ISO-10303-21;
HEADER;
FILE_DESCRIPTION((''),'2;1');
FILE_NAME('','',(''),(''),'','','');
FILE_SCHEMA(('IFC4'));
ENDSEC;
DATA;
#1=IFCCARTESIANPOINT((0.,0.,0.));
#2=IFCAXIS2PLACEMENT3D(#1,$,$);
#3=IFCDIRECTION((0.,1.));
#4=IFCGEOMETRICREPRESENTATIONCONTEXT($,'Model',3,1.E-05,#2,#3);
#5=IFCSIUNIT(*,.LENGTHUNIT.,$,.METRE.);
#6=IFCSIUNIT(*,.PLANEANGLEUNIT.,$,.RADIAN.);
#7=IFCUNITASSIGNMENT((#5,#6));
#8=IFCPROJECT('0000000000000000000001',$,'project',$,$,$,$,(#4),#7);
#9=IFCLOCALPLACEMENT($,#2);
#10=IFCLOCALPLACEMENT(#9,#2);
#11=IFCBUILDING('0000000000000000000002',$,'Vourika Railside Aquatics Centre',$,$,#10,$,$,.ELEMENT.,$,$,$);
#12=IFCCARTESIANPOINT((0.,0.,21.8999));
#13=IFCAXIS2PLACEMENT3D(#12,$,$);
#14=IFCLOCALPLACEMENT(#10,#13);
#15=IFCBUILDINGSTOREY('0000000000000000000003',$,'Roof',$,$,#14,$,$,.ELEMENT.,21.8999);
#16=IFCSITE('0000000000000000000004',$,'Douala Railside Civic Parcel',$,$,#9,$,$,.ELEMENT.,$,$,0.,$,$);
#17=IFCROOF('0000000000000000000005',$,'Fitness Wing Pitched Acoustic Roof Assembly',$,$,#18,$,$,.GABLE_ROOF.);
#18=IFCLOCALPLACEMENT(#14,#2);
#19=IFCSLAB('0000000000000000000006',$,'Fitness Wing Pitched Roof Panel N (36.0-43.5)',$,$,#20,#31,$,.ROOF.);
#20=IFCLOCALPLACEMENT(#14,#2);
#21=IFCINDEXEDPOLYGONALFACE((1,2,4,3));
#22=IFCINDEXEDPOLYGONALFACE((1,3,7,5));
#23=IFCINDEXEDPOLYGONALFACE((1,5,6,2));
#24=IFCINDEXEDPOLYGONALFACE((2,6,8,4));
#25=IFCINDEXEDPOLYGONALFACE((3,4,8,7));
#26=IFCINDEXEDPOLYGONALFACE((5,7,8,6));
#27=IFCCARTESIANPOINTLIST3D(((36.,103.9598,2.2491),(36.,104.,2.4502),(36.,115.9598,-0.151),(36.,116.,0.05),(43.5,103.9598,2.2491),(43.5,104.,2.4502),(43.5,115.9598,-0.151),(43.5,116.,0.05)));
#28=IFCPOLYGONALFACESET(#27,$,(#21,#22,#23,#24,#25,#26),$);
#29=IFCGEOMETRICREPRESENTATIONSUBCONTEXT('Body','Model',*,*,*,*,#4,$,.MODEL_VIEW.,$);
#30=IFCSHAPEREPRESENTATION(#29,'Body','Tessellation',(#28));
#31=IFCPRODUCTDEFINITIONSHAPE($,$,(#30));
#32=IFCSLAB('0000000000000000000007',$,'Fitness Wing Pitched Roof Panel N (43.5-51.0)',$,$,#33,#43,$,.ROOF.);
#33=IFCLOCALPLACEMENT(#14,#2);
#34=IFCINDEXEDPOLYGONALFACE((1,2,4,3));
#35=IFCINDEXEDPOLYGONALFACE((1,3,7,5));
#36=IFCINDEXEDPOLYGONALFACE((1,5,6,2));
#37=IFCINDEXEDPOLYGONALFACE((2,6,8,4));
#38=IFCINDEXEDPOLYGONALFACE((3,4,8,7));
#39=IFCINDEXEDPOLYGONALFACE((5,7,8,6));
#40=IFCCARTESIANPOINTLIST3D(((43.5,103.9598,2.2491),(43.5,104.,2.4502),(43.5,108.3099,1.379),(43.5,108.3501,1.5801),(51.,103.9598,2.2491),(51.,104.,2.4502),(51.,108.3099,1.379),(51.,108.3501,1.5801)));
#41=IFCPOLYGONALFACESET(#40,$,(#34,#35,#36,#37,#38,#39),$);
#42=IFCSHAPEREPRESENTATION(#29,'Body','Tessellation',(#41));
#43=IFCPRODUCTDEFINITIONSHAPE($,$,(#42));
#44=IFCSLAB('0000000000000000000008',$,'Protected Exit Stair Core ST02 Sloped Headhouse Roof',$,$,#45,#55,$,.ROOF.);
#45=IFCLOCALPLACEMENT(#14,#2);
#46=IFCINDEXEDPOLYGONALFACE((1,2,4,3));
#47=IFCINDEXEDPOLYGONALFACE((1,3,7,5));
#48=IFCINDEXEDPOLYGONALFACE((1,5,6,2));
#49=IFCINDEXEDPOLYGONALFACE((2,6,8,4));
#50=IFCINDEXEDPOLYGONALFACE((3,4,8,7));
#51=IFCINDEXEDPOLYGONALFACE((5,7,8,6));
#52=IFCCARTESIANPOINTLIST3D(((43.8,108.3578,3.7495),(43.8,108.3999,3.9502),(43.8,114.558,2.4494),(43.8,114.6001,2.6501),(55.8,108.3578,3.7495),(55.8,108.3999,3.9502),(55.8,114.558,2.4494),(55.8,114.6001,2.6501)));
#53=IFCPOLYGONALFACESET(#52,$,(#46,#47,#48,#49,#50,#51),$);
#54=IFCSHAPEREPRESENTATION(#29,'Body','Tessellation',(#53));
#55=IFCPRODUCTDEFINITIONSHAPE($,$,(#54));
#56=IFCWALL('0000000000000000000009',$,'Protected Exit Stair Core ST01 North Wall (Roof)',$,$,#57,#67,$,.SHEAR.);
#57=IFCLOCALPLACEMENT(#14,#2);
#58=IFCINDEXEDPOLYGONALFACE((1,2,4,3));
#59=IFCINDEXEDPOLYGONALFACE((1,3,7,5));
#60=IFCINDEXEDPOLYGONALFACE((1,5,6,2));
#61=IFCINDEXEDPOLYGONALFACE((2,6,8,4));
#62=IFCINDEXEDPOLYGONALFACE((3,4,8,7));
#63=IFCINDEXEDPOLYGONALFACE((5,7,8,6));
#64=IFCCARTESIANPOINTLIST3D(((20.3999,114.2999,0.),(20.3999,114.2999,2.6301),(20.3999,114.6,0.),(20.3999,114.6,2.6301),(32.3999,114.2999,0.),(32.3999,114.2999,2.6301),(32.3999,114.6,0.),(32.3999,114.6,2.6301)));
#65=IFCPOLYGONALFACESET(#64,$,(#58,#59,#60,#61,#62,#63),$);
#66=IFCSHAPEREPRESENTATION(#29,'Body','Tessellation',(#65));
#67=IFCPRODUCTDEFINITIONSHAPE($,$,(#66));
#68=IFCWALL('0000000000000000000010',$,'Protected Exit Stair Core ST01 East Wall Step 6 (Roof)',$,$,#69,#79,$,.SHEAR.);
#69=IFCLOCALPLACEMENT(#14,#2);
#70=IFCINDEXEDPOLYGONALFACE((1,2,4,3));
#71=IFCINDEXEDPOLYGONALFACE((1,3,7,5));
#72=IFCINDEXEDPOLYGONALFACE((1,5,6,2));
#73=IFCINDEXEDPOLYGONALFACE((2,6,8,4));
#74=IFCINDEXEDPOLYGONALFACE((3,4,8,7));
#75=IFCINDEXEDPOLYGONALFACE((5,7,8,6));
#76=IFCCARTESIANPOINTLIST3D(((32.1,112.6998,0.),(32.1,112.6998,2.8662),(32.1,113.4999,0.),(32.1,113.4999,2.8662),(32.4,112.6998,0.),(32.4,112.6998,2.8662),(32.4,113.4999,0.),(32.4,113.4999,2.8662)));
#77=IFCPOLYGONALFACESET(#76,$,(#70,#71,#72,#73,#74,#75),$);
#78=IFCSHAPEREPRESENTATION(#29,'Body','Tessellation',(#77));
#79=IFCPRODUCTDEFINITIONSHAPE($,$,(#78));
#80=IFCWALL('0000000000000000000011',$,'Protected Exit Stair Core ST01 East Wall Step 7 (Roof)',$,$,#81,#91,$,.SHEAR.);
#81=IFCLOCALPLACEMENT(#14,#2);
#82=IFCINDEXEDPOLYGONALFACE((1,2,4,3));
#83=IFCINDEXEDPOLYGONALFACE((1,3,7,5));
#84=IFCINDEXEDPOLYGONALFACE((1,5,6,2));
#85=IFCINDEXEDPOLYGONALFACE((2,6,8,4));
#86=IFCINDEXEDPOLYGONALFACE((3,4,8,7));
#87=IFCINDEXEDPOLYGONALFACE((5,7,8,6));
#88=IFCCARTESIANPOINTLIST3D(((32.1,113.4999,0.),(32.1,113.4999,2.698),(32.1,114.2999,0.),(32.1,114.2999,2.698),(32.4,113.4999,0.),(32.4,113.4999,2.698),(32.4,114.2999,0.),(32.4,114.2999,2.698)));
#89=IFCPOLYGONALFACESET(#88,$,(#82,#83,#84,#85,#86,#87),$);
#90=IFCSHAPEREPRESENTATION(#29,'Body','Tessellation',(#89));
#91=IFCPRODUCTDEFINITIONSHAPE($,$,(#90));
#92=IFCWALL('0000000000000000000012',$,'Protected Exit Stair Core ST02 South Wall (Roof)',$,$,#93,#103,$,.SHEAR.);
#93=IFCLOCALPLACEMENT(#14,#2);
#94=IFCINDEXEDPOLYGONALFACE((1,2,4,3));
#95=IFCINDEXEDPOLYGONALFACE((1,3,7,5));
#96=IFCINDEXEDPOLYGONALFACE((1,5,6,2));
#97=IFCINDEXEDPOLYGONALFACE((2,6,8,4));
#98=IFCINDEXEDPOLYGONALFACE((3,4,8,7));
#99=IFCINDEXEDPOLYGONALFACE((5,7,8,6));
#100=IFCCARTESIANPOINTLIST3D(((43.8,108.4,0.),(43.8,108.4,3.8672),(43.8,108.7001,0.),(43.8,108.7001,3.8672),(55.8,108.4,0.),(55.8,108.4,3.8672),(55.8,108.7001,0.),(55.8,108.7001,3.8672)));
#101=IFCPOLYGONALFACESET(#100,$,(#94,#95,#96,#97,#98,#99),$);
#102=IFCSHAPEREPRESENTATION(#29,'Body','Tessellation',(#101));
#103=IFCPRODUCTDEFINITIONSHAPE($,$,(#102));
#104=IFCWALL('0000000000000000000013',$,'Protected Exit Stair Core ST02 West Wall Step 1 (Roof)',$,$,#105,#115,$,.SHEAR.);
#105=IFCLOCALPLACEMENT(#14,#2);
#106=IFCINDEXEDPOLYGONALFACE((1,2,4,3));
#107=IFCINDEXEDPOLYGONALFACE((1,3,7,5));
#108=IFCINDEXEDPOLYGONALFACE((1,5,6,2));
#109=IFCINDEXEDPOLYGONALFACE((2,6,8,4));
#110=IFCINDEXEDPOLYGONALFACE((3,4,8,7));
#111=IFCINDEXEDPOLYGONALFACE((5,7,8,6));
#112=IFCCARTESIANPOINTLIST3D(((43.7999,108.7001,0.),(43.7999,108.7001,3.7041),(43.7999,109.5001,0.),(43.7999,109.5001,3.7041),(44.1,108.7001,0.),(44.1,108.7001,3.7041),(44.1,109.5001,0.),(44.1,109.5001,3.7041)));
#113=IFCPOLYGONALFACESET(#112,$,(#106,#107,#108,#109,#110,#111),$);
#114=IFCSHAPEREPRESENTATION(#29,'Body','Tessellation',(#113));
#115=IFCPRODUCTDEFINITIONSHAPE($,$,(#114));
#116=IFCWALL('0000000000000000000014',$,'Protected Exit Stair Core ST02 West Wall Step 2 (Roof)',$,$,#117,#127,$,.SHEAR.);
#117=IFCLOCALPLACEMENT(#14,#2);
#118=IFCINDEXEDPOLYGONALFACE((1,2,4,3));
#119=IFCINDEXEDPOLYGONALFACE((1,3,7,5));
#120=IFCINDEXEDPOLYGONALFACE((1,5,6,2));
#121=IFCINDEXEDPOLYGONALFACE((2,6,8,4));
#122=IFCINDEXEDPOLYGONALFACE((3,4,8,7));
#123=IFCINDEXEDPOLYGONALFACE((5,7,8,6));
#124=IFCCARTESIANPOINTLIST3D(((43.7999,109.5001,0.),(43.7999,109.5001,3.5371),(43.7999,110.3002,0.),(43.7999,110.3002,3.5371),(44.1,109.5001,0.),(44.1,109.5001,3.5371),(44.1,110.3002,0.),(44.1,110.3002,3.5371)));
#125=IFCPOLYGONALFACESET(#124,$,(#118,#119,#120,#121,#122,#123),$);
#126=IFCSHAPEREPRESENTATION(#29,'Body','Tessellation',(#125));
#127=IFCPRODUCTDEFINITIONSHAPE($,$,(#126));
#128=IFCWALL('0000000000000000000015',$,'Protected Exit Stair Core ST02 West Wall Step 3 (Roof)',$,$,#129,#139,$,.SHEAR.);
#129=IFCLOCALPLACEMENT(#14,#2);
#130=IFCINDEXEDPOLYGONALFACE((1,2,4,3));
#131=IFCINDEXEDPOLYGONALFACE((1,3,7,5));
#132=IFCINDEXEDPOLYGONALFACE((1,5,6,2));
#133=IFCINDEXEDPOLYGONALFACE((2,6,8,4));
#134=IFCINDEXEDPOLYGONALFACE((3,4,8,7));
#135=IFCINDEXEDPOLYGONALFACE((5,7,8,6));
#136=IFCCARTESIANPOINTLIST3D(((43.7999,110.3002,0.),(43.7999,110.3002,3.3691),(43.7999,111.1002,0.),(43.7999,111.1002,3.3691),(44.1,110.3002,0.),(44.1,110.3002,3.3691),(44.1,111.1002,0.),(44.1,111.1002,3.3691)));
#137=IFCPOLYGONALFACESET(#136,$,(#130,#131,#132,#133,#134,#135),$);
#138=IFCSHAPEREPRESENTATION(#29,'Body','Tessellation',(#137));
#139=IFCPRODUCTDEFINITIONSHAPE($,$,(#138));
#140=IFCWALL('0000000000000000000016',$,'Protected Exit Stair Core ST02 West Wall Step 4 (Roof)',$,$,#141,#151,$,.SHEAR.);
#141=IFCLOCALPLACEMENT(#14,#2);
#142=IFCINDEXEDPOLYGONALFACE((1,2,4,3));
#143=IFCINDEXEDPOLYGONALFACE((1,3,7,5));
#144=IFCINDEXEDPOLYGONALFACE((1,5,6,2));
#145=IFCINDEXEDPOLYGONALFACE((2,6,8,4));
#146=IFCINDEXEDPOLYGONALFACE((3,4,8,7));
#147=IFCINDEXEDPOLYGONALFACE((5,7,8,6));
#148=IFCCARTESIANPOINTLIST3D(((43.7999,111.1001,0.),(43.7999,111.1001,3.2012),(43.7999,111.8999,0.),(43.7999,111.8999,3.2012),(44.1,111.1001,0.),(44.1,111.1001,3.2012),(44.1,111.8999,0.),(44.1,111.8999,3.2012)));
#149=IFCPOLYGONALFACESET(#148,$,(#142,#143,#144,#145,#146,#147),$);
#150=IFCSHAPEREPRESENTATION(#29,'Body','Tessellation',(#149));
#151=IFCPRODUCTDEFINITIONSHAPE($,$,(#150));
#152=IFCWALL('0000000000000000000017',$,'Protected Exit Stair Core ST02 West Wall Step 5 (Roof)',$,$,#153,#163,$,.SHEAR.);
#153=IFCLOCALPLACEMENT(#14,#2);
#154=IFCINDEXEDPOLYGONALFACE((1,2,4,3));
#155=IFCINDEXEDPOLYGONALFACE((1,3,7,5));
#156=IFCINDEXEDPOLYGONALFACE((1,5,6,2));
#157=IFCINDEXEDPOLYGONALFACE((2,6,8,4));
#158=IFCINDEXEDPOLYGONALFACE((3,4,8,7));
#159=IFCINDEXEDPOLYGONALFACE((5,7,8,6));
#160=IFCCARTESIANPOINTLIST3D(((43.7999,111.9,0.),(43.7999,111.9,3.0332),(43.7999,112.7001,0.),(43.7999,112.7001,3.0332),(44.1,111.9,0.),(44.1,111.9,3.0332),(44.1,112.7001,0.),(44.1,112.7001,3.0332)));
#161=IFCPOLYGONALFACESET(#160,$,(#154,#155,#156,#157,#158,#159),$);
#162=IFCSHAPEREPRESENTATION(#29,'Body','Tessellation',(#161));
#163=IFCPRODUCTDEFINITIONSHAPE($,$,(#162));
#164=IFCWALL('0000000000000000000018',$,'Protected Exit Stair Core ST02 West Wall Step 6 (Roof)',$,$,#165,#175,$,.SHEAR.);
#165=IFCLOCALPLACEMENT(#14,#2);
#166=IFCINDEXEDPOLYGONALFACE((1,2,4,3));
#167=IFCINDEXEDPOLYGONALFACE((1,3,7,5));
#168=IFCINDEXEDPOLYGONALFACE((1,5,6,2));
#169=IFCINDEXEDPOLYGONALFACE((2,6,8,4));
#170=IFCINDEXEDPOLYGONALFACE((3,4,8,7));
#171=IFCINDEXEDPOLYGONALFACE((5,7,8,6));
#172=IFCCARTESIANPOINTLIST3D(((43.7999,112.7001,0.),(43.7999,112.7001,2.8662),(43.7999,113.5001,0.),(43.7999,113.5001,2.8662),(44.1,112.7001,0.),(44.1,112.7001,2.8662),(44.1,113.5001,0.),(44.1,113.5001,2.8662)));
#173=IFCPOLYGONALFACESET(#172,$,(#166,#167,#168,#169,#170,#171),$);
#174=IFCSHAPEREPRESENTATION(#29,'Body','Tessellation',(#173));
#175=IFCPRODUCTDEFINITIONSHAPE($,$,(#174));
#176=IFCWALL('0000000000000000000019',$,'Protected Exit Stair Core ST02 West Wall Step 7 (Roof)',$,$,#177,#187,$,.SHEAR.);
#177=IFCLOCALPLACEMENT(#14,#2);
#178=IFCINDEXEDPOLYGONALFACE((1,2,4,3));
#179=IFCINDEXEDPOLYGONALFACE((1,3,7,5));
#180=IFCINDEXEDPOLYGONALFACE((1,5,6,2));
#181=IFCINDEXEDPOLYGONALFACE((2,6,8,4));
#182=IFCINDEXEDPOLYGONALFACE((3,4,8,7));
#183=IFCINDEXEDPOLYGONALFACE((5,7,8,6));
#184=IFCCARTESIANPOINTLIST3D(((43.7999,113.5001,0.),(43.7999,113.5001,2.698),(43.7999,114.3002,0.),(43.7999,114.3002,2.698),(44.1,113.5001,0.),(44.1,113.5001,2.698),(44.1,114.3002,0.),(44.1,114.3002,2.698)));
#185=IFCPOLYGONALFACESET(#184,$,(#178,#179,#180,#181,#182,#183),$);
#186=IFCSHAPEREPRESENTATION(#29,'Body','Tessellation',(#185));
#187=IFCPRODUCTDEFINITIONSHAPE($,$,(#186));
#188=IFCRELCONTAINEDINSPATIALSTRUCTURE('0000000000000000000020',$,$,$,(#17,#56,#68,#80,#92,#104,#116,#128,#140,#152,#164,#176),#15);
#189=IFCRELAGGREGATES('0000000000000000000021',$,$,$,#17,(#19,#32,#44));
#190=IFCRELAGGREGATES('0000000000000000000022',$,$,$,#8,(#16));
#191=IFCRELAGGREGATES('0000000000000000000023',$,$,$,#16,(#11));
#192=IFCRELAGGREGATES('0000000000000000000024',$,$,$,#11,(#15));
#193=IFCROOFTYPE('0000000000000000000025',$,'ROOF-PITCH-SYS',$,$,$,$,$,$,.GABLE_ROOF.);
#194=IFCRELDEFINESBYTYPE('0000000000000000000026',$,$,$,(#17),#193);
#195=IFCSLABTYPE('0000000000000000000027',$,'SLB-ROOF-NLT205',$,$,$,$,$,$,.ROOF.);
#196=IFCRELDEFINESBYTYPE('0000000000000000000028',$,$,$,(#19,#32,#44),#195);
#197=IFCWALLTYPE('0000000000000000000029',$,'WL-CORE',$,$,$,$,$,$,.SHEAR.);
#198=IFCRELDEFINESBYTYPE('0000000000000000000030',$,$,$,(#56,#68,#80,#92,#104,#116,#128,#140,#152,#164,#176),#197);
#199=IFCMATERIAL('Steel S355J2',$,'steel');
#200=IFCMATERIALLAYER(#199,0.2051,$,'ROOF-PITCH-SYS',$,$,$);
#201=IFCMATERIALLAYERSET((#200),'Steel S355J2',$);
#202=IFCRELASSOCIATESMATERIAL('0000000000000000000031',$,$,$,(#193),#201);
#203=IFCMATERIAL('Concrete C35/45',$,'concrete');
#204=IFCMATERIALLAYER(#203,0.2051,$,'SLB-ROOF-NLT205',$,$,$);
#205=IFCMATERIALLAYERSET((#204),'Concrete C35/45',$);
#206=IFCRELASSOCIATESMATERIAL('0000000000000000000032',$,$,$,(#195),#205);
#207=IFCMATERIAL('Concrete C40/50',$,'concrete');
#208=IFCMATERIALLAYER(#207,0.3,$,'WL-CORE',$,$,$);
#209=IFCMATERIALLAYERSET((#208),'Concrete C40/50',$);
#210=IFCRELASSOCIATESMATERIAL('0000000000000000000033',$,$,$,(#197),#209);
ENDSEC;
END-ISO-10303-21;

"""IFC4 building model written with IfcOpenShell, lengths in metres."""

from ifc_helpers import new_model, si_unit, direction, frame, frame_2d, origin, place, context, subcontext, project, spatial, polyline, rectangle, outline, extrude, material, layer, layer_set, type_object, element, aggregate, save


model = new_model("IFC4")

# Units and contexts
model_context = context("Model", 3, precision=1e-05, world=origin(), true_north=direction((0.0, 1.0)))
body_context = subcontext(model_context, "Body", "Model", "MODEL_VIEW")
ifc_project = project(units=[si_unit("LENGTHUNIT", "METRE"), si_unit("PLANEANGLEUNIT", "RADIAN")], contexts=[model_context])

# Site, building, storey
site_placement = place(None, origin())
site = spatial("IfcSite", under=ifc_project, at=site_placement, Name="Douala Railside Civic Parcel", CompositionType="ELEMENT", RefElevation=0.0)
building_placement = place(site_placement, origin())
building = spatial("IfcBuilding", under=site, at=building_placement, Name="Vourika Railside Aquatics Centre", CompositionType="ELEMENT")
storey_placement = place(building_placement, frame((0.0, 0.0, 21.8999)))
storey = spatial("IfcBuildingStorey", under=building, at=storey_placement, Name="Roof", CompositionType="ELEMENT", Elevation=21.8999)

# Shared definitions
ifc_material_1 = material(Name="Steel S355J2", Category="steel")

# Roof, slabs
ifc_layer_1 = layer(ifc_material_1, 0.2051, Name="ROOF-PITCH-SYS")
ifc_layer_set_1 = layer_set([ifc_layer_1], Name="Steel S355J2")
roof_type = type_object("IfcRoofType", Name="ROOF-PITCH-SYS", PredefinedType="GABLE_ROOF", material=ifc_layer_set_1)
roof_placement = place(storey_placement, origin())
roof = element("IfcRoof", 1, at=roof_placement, inside=storey, type_object=roof_type, Name="Fitness Wing Pitched Acoustic Roof Assembly", PredefinedType="GABLE_ROOF")
ifc_material_2 = material(Name="Concrete C35/45", Category="concrete")
ifc_layer_2 = layer(ifc_material_2, 0.2051, Name="SLB-ROOF-NLT205")
ifc_layer_set_2 = layer_set([ifc_layer_2], Name="Concrete C35/45")
slab_type = type_object("IfcSlabType", Name="SLB-ROOF-NLT205", PredefinedType="ROOF", material=ifc_layer_set_2)
slab_1_placement = place(storey_placement, frame((36.0, 104.0, 2.4502), z_axis=(0.0, 0.196128, 0.980578), x_axis=(1.0, 0.0, 0.0)))
slab_1 = element("IfcSlab", 2, at=slab_1_placement, type_object=slab_type, Name="Fitness Wing Pitched Roof Panel N (36.0-43.5)", PredefinedType="ROOF", context=body_context, shape_type="SweptSolid", body=[
    extrude(outline(polyline([(0.0, 0.0), (7.5, 0.0), (7.5, 12.2377), (0.0, 12.2377), (0.0, 0.0)])), origin(), (0.0, 0.0, -1.0), 0.2051),
])
slab_2_placement = place(storey_placement, frame((43.5, 104.0, 2.4502), z_axis=(0.0, 0.196137, 0.980576), x_axis=(1.0, 0.0, 0.0)))
slab_2 = element("IfcSlab", 3, at=slab_2_placement, type_object=slab_type, Name="Fitness Wing Pitched Roof Panel N (43.5-51.0)", PredefinedType="ROOF", context=body_context, shape_type="SweptSolid", body=[
    extrude(outline(polyline([(0.0, 0.0), (7.5, 0.0), (7.5, 4.4363), (0.0, 4.4363), (0.0, 0.0)])), origin(), (0.0, 0.0, -1.0), 0.2051),
])
slab_3_placement = place(storey_placement, frame((43.8, 108.3999, 3.9502), z_axis=(0.0, 0.205216, 0.978717), x_axis=(1.0, 0.0, 0.0)))
slab_3 = element("IfcSlab", 4, at=slab_3_placement, type_object=slab_type, Name="Protected Exit Stair Core ST02 Sloped Headhouse Roof", PredefinedType="ROOF", context=body_context, shape_type="SweptSolid", body=[
    extrude(outline(polyline([(0.0, 0.0), (12.0, 0.0), (12.0, 6.335), (0.0, 6.335), (0.0, 0.0)])), origin(), (0.0, 0.0, -1.0), 0.2051),
])
aggregate(roof, [slab_1, slab_2, slab_3])

# Walls
ifc_material_3 = material(Name="Concrete C40/50", Category="concrete")
ifc_layer_3 = layer(ifc_material_3, 0.3, Name="WL-CORE")
ifc_layer_set_3 = layer_set([ifc_layer_3], Name="Concrete C40/50")
wall_type = type_object("IfcWallType", Name="WL-CORE", PredefinedType="SHEAR", material=ifc_layer_set_3)
wall_1_placement = place(storey_placement, frame((32.3999, 114.45, 0.0), z_axis=(0.0, 0.0, 1.0), x_axis=(-1.0, 0.0, 0.0)))
element("IfcWall", 5, at=wall_1_placement, inside=storey, type_object=wall_type, Name="Protected Exit Stair Core ST01 North Wall (Roof)", PredefinedType="SHEAR", context=body_context, shape_type="SweptSolid", body=[
    extrude(rectangle(XDim=12.0, YDim=0.3, at=frame_2d((6.0, 0.0))), origin(), (0.0, 0.0, 1.0), 2.6301),
])
wall_2_placement = place(storey_placement, frame((32.25, 112.7, 0.0), z_axis=(0.0, 0.0, 1.0), x_axis=(0.0, 1.0, 0.0)))
element("IfcWall", 6, at=wall_2_placement, inside=storey, type_object=wall_type, Name="Protected Exit Stair Core ST01 East Wall Step 6 (Roof)", PredefinedType="SHEAR", context=body_context, shape_type="SweptSolid", body=[
    extrude(rectangle(XDim=0.8, YDim=0.3, at=frame_2d((0.3999, 0.0))), origin(), (0.0, 0.0, 1.0), 2.8662),
])
wall_3_placement = place(storey_placement, frame((32.25, 113.5, 0.0), z_axis=(0.0, 0.0, 1.0), x_axis=(0.0, 1.0, 0.0)))
element("IfcWall", 7, at=wall_3_placement, inside=storey, type_object=wall_type, Name="Protected Exit Stair Core ST01 East Wall Step 7 (Roof)", PredefinedType="SHEAR", context=body_context, shape_type="SweptSolid", body=[
    extrude(rectangle(XDim=0.8, YDim=0.3, at=frame_2d((0.3999, 0.0))), origin(), (0.0, 0.0, 1.0), 2.698),
])
wall_4_placement = place(storey_placement, frame((43.8, 108.55, 0.0), z_axis=(0.0, 0.0, 1.0), x_axis=(1.0, 0.0, 0.0)))
element("IfcWall", 8, at=wall_4_placement, inside=storey, type_object=wall_type, Name="Protected Exit Stair Core ST02 South Wall (Roof)", PredefinedType="SHEAR", context=body_context, shape_type="SweptSolid", body=[
    extrude(rectangle(XDim=12.0, YDim=0.3, at=frame_2d((6.0, 0.0))), origin(), (0.0, 0.0, 1.0), 3.8672),
])
wall_5_placement = place(storey_placement, frame((43.95, 109.5, 0.0), z_axis=(0.0, 0.0, 1.0), x_axis=(0.0, -1.0, 0.0)))
element("IfcWall", 9, at=wall_5_placement, inside=storey, type_object=wall_type, Name="Protected Exit Stair Core ST02 West Wall Step 1 (Roof)", PredefinedType="SHEAR", context=body_context, shape_type="SweptSolid", body=[
    extrude(rectangle(XDim=0.8, YDim=0.3, at=frame_2d((0.3999, 0.0))), origin(), (0.0, 0.0, 1.0), 3.7041),
])
wall_6_placement = place(storey_placement, frame((43.95, 110.3, 0.0), z_axis=(0.0, 0.0, 1.0), x_axis=(0.0, -1.0, 0.0)))
element("IfcWall", 10, at=wall_6_placement, inside=storey, type_object=wall_type, Name="Protected Exit Stair Core ST02 West Wall Step 2 (Roof)", PredefinedType="SHEAR", context=body_context, shape_type="SweptSolid", body=[
    extrude(rectangle(XDim=0.8, YDim=0.3, at=frame_2d((0.3999, 0.0))), origin(), (0.0, 0.0, 1.0), 3.5371),
])
wall_7_placement = place(storey_placement, frame((43.95, 111.1001, 0.0), z_axis=(0.0, 0.0, 1.0), x_axis=(0.0, -1.0, 0.0)))
element("IfcWall", 11, at=wall_7_placement, inside=storey, type_object=wall_type, Name="Protected Exit Stair Core ST02 West Wall Step 3 (Roof)", PredefinedType="SHEAR", context=body_context, shape_type="SweptSolid", body=[
    extrude(rectangle(XDim=0.8, YDim=0.3, at=frame_2d((0.3999, 0.0))), origin(), (0.0, 0.0, 1.0), 3.3691),
])
wall_8_placement = place(storey_placement, frame((43.95, 111.8999, 0.0), z_axis=(0.0, 0.0, 1.0), x_axis=(0.0, -1.0, 0.0)))
element("IfcWall", 12, at=wall_8_placement, inside=storey, type_object=wall_type, Name="Protected Exit Stair Core ST02 West Wall Step 4 (Roof)", PredefinedType="SHEAR", context=body_context, shape_type="SweptSolid", body=[
    extrude(rectangle(XDim=0.7998, YDim=0.3, at=frame_2d((0.3999, 0.0))), origin(), (0.0, 0.0, 1.0), 3.2012),
])
wall_9_placement = place(storey_placement, frame((43.95, 112.7, 0.0), z_axis=(0.0, 0.0, 1.0), x_axis=(0.0, -1.0, 0.0)))
element("IfcWall", 13, at=wall_9_placement, inside=storey, type_object=wall_type, Name="Protected Exit Stair Core ST02 West Wall Step 5 (Roof)", PredefinedType="SHEAR", context=body_context, shape_type="SweptSolid", body=[
    extrude(rectangle(XDim=0.8, YDim=0.3, at=frame_2d((0.3999, 0.0))), origin(), (0.0, 0.0, 1.0), 3.0332),
])
wall_10_placement = place(storey_placement, frame((43.95, 113.5, 0.0), z_axis=(0.0, 0.0, 1.0), x_axis=(0.0, -1.0, 0.0)))
element("IfcWall", 14, at=wall_10_placement, inside=storey, type_object=wall_type, Name="Protected Exit Stair Core ST02 West Wall Step 6 (Roof)", PredefinedType="SHEAR", context=body_context, shape_type="SweptSolid", body=[
    extrude(rectangle(XDim=0.8, YDim=0.3, at=frame_2d((0.3999, 0.0))), origin(), (0.0, 0.0, 1.0), 2.8662),
])
wall_11_placement = place(storey_placement, frame((43.95, 114.3, 0.0), z_axis=(0.0, 0.0, 1.0), x_axis=(0.0, -1.0, 0.0)))
element("IfcWall", 15, at=wall_11_placement, inside=storey, type_object=wall_type, Name="Protected Exit Stair Core ST02 West Wall Step 7 (Roof)", PredefinedType="SHEAR", context=body_context, shape_type="SweptSolid", body=[
    extrude(rectangle(XDim=0.8, YDim=0.3, at=frame_2d((0.3999, 0.0))), origin(), (0.0, 0.0, 1.0), 2.698),
])

save(model, "model.ifc")
